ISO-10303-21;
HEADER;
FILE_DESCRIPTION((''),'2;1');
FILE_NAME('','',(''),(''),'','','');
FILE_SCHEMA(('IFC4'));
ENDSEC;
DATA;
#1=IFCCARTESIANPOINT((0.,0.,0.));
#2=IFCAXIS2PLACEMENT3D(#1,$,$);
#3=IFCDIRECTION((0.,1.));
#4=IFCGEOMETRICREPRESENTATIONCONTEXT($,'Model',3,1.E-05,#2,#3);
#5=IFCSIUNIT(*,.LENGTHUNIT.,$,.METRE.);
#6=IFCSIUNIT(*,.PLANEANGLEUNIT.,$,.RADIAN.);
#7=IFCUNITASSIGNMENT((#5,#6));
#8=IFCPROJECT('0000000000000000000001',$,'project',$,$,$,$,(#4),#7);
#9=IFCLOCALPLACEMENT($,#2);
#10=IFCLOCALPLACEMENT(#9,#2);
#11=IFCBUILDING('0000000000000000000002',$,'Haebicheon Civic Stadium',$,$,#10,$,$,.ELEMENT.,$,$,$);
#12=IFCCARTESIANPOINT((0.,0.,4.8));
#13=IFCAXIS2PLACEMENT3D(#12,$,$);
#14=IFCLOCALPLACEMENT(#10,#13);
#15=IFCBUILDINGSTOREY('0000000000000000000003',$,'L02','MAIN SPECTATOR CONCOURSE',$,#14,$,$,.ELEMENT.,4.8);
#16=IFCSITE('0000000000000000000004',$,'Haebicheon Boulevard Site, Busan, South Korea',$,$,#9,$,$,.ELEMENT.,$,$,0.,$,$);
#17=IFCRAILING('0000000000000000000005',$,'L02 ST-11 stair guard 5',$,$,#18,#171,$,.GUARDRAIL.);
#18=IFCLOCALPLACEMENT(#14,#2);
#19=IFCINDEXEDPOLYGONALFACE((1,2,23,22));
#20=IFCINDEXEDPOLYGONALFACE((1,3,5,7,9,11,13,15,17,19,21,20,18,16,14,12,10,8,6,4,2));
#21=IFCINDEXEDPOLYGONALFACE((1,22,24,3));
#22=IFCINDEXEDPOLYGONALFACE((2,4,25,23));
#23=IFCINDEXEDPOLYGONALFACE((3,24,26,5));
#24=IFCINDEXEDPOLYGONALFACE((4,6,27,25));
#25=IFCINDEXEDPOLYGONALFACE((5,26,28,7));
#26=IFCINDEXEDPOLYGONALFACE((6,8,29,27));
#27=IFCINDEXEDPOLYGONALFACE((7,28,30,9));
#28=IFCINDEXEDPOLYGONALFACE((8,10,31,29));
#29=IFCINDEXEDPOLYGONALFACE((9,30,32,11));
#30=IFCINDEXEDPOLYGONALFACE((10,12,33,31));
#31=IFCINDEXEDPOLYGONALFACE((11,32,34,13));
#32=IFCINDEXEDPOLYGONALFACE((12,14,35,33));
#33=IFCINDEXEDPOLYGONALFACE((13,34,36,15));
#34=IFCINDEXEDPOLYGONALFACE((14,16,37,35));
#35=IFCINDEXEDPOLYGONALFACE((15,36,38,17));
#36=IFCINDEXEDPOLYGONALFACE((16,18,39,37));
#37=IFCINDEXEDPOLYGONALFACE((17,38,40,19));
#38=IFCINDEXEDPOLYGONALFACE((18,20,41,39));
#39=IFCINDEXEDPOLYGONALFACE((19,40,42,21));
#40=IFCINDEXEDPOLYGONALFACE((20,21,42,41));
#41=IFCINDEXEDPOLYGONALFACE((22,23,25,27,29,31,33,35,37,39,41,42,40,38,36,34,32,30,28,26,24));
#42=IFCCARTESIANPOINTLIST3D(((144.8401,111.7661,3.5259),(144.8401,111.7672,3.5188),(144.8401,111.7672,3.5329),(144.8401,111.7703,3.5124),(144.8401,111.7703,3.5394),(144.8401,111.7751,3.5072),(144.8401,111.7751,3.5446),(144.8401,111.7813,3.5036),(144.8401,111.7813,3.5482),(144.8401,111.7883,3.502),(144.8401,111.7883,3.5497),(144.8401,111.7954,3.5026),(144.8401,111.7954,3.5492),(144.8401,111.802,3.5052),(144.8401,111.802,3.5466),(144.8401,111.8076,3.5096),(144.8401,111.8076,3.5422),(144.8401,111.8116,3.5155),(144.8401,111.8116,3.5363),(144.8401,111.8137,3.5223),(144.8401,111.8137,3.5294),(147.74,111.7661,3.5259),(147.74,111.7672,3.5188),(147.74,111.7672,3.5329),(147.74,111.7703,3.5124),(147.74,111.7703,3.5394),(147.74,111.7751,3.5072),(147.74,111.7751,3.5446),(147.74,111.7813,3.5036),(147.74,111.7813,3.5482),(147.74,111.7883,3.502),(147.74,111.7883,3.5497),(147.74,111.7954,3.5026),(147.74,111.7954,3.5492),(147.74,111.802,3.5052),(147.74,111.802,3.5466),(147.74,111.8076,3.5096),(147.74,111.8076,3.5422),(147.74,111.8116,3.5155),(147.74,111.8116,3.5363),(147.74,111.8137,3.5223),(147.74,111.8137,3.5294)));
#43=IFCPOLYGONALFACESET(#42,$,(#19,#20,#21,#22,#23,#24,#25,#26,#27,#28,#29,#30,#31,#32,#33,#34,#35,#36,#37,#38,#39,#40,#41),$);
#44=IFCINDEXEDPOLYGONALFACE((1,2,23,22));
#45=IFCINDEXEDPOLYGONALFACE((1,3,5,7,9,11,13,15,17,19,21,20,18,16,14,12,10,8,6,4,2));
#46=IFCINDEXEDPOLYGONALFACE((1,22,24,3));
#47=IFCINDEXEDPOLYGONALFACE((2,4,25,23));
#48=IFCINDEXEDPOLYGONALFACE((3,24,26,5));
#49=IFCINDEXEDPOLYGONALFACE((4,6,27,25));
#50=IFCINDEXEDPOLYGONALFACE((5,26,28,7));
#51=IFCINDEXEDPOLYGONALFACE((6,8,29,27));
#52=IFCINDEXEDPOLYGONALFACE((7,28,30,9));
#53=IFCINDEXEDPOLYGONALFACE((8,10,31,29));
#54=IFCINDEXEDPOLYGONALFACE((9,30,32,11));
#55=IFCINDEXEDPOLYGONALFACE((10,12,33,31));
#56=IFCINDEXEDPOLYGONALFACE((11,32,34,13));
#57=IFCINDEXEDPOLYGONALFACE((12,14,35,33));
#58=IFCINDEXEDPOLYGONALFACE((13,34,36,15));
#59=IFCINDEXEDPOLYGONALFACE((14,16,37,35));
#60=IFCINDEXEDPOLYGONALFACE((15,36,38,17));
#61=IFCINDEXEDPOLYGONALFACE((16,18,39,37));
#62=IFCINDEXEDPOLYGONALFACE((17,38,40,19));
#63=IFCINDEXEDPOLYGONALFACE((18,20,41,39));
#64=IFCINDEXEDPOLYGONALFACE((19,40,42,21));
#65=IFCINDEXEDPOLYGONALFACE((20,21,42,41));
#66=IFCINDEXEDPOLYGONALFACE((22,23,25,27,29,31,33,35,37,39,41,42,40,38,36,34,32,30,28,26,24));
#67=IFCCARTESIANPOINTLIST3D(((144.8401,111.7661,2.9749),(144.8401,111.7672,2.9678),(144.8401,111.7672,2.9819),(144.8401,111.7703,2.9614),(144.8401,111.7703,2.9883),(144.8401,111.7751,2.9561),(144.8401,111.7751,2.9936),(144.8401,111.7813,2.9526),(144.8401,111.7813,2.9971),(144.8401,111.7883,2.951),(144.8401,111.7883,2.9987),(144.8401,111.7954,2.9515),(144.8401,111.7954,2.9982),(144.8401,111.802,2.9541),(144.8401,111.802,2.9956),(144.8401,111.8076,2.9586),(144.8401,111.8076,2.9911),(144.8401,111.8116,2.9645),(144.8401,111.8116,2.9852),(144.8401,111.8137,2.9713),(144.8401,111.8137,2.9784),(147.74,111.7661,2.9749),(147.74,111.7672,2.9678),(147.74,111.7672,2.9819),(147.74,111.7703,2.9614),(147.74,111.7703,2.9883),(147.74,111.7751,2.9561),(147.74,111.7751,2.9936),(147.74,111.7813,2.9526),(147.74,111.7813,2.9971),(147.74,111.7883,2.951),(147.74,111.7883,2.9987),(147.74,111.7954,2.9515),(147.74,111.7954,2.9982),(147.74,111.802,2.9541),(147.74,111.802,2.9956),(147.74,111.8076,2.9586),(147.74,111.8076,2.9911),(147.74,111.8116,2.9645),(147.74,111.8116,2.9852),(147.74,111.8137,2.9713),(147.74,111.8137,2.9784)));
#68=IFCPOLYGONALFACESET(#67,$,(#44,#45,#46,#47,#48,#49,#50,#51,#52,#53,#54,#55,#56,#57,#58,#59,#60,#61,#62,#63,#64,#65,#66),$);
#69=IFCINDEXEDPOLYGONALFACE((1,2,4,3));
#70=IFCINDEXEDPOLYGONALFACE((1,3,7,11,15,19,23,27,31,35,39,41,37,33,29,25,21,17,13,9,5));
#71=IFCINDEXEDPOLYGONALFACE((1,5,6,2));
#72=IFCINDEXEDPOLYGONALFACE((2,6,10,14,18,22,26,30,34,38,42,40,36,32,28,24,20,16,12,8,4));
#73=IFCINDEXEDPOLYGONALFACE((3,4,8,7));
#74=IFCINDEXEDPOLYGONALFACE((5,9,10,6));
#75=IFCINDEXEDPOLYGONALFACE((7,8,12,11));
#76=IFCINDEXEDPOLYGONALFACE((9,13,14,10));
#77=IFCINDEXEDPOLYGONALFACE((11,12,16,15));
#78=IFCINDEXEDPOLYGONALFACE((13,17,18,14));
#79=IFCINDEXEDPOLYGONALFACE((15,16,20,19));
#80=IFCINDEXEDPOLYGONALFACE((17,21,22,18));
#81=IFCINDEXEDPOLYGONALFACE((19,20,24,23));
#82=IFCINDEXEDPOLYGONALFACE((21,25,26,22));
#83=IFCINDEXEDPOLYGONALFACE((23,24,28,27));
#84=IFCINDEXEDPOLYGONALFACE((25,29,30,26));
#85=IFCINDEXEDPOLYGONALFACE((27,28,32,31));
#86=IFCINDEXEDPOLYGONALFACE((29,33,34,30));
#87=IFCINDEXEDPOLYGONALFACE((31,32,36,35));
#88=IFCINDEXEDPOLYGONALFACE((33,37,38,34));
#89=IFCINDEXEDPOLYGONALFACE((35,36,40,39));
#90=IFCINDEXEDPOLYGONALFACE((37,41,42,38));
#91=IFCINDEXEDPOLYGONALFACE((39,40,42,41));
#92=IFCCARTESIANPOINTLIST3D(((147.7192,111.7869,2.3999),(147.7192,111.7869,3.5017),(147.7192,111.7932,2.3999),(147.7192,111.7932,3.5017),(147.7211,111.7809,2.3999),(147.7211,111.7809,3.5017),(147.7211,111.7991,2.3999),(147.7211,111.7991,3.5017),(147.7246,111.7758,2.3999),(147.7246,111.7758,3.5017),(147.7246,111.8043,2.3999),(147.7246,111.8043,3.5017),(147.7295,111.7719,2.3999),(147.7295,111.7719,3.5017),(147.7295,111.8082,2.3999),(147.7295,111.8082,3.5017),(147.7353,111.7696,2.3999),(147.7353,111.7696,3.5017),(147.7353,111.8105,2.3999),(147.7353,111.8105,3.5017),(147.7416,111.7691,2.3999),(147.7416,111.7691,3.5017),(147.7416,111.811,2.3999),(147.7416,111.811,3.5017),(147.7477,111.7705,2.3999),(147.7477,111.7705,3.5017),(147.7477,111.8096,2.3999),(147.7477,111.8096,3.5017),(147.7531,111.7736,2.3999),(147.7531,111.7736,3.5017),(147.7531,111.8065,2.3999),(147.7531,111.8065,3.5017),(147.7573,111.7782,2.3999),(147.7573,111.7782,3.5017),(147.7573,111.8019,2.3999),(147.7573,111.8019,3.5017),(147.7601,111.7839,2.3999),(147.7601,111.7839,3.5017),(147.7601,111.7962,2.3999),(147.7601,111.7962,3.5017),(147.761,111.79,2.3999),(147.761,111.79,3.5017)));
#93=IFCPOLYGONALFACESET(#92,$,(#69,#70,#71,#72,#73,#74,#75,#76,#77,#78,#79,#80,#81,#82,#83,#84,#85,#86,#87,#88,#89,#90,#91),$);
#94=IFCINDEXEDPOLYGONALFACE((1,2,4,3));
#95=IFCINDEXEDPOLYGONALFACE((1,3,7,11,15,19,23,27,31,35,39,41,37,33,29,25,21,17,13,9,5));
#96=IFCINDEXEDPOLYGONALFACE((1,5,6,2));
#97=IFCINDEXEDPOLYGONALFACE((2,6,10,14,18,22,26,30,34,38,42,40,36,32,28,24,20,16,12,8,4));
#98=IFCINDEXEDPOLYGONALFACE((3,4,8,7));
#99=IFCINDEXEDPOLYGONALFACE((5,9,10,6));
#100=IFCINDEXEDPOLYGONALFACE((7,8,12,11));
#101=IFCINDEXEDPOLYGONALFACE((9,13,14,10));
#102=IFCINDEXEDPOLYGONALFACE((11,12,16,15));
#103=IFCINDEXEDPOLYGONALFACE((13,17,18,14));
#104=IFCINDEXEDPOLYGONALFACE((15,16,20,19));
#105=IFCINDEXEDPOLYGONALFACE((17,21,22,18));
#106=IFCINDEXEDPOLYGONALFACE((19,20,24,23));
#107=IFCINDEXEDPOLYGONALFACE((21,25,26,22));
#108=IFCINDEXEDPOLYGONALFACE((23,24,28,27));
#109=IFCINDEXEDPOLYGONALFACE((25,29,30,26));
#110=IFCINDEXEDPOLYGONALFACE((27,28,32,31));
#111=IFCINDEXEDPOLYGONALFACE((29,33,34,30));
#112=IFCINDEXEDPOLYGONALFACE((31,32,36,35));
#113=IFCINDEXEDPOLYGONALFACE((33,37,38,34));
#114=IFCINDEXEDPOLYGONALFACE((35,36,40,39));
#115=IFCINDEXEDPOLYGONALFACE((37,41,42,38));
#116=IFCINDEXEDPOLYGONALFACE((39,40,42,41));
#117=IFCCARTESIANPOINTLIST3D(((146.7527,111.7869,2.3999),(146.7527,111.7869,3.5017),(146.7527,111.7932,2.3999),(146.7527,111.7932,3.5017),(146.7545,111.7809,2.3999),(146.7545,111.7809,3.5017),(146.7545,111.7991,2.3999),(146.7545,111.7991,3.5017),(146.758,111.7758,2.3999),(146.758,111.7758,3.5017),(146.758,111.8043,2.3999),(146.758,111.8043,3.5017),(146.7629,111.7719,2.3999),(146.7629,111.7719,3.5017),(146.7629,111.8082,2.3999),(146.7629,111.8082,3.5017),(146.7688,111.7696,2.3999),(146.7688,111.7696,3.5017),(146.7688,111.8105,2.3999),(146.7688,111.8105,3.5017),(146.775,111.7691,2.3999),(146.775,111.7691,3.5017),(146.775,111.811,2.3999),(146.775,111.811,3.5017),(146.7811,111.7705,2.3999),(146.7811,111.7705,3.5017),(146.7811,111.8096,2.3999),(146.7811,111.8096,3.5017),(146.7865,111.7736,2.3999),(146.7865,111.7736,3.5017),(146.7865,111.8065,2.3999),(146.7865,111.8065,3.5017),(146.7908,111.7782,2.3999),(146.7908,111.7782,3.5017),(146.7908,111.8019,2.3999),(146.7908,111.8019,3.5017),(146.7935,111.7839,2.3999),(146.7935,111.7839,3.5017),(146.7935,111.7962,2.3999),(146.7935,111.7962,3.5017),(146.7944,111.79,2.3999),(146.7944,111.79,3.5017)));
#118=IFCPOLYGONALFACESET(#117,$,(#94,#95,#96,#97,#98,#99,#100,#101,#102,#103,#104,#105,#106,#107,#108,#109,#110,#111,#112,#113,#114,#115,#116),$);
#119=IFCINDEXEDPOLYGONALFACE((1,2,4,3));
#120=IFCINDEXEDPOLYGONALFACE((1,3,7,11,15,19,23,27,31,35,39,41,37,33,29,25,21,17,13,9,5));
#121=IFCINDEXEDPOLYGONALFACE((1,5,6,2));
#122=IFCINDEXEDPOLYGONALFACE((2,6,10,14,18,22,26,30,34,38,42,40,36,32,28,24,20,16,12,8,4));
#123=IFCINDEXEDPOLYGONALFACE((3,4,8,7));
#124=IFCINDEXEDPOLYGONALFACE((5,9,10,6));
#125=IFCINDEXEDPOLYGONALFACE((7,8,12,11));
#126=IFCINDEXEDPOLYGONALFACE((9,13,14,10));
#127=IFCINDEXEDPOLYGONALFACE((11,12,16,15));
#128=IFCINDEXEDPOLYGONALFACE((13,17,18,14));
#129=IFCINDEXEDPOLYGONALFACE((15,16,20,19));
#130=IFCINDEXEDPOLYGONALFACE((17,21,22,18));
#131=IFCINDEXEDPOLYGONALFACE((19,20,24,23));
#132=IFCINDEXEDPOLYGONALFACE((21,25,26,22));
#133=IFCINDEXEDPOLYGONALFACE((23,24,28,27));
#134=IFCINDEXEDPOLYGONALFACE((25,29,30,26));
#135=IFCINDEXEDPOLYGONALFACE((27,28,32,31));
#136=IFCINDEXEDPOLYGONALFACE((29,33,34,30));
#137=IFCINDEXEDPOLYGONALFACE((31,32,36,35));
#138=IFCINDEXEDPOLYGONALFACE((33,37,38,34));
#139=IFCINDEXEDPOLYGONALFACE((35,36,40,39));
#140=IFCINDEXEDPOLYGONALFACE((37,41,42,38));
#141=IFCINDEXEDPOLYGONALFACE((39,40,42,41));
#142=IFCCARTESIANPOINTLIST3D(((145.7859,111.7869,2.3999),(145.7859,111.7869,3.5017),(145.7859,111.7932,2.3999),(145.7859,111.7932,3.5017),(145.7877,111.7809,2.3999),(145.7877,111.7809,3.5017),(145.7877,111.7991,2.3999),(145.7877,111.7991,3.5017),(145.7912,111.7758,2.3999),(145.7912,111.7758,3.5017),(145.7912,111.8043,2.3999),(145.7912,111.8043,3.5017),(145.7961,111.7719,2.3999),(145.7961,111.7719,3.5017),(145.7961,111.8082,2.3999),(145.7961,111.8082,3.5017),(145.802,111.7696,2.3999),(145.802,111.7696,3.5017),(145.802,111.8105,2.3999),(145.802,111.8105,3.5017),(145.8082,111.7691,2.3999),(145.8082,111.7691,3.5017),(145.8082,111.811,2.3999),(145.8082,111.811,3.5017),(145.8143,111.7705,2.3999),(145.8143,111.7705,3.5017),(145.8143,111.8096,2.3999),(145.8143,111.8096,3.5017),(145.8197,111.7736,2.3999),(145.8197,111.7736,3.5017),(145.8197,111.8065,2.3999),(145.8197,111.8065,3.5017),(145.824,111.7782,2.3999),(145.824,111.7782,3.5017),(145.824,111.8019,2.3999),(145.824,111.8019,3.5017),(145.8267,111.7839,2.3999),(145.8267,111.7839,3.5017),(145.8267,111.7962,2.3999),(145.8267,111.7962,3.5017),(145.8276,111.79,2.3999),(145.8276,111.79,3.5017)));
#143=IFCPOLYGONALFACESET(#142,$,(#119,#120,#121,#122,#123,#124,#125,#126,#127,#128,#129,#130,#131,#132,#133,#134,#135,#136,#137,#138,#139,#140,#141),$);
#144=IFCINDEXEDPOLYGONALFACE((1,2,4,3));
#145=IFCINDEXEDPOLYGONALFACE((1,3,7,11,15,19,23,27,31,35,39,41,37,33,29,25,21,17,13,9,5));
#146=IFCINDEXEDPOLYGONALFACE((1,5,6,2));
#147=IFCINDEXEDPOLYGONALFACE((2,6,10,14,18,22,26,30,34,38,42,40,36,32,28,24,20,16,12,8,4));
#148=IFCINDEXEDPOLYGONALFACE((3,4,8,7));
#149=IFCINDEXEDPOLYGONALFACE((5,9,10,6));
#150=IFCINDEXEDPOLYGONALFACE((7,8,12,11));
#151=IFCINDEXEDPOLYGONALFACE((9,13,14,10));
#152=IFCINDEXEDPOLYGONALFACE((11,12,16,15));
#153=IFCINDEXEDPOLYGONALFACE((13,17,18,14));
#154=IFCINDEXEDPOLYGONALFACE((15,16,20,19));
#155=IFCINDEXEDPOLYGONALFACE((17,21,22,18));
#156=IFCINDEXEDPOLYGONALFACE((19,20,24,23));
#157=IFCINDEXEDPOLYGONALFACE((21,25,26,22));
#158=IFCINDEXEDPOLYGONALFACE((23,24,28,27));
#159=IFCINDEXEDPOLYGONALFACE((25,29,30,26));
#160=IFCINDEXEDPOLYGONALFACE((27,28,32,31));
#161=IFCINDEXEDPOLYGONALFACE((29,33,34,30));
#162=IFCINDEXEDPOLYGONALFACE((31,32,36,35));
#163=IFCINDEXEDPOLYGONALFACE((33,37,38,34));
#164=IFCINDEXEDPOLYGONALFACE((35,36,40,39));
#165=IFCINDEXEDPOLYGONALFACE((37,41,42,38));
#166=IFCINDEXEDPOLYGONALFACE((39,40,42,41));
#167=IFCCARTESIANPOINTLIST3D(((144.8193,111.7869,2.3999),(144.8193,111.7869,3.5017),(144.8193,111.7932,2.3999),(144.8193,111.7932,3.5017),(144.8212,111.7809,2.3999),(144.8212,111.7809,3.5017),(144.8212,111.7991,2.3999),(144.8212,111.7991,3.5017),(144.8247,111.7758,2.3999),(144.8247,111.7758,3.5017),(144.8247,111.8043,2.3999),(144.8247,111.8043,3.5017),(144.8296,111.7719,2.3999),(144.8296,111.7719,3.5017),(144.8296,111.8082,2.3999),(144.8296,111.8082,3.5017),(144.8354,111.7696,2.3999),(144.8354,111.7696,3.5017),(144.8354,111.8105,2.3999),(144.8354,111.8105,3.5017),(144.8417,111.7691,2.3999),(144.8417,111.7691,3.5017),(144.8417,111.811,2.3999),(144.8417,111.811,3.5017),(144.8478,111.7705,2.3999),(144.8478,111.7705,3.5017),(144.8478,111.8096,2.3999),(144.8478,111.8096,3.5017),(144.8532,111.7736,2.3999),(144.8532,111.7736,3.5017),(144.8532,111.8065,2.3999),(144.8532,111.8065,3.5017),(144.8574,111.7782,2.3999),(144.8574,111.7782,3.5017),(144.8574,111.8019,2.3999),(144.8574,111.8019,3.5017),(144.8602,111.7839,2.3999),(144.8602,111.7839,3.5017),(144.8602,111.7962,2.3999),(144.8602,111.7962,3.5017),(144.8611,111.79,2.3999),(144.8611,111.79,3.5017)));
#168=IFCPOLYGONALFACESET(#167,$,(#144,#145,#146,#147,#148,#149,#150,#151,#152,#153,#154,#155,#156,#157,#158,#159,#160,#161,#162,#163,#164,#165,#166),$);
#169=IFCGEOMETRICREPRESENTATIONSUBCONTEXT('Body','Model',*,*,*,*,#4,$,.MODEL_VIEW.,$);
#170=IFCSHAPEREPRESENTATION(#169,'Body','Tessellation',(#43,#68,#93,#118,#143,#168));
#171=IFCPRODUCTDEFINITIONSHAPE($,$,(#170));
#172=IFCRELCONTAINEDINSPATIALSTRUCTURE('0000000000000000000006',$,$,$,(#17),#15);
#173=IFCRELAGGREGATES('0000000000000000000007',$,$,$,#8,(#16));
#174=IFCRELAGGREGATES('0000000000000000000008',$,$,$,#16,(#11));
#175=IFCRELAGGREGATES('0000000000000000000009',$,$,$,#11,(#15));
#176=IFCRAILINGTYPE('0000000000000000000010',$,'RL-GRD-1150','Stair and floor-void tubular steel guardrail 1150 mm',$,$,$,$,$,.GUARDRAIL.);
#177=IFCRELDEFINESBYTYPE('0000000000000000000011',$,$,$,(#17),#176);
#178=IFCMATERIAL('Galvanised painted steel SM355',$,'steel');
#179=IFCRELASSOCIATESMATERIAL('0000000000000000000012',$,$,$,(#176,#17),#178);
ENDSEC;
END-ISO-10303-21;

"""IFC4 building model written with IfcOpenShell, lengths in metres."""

from ifc_helpers import new_model, si_unit, direction, frame, origin, origin_2d, place, context, subcontext, project, spatial, circle, extrude, material, type_object, element, save


model = new_model("IFC4")

# Units and contexts
model_context = context("Model", 3, precision=1e-05, world=origin(), true_north=direction((0.0, 1.0)))
body_context = subcontext(model_context, "Body", "Model", "MODEL_VIEW")
ifc_project = project(units=[si_unit("LENGTHUNIT", "METRE"), si_unit("PLANEANGLEUNIT", "RADIAN")], contexts=[model_context])

# Site, building, storey
site_placement = place(None, origin())
site = spatial("IfcSite", under=ifc_project, at=site_placement, Name="Haebicheon Boulevard Site, Busan, South Korea", CompositionType="ELEMENT", RefElevation=0.0)
building_placement = place(site_placement, origin())
building = spatial("IfcBuilding", under=site, at=building_placement, Name="Haebicheon Civic Stadium", CompositionType="ELEMENT")
storey_placement = place(building_placement, frame((0.0, 0.0, 4.8)))
storey = spatial("IfcBuildingStorey", under=building, at=storey_placement, Name="L02", Description="MAIN SPECTATOR CONCOURSE", CompositionType="ELEMENT", Elevation=4.8)

# Railing
ifc_material_1 = material(Name="Galvanised painted steel SM355", Category="steel")
railing_type_1 = type_object("IfcRailingType", Name="RL-GRD-1150", Description="Stair and floor-void tubular steel guardrail 1150 mm", PredefinedType="GUARDRAIL", material=ifc_material_1)
railing_1_placement = place(storey_placement, frame((147.74, 111.79, 2.3999)))
element("IfcRailing", 1, at=railing_1_placement, inside=storey, type_object=railing_type_1, material=ifc_material_1, Name="L02 ST-11 stair guard 5", PredefinedType="GUARDRAIL", context=body_context, shape_type="SweptSolid", body=[
    extrude(circle(Radius=0.0239, at=origin_2d()), frame((0.0, 0.0, 1.126), z_axis=(-1.0, 0.0, 0.0), x_axis=(0.0, -1.0, 0.0)), (0.0, 0.0, 1.0), 2.8999),
    extrude(circle(Radius=0.0239, at=origin_2d()), frame((0.0, 0.0, 0.575), z_axis=(-1.0, 0.0, 0.0), x_axis=(0.0, -1.0, 0.0)), (0.0, 0.0, 1.0), 2.8999),
    extrude(circle(Radius=0.021, at=origin_2d()), origin(), (0.0, 0.0, 1.0), 1.1018),
    extrude(circle(Radius=0.021, at=origin_2d()), frame((-0.9666, 0.0, 0.0)), (0.0, 0.0, 1.0), 1.1018),
    extrude(circle(Radius=0.021, at=origin_2d()), frame((-1.9333, 0.0, 0.0)), (0.0, 0.0, 1.0), 1.1018),
    extrude(circle(Radius=0.021, at=origin_2d()), frame((-2.8999, 0.0, 0.0)), (0.0, 0.0, 1.0), 1.1018),
])

save(model, "model.ifc")
